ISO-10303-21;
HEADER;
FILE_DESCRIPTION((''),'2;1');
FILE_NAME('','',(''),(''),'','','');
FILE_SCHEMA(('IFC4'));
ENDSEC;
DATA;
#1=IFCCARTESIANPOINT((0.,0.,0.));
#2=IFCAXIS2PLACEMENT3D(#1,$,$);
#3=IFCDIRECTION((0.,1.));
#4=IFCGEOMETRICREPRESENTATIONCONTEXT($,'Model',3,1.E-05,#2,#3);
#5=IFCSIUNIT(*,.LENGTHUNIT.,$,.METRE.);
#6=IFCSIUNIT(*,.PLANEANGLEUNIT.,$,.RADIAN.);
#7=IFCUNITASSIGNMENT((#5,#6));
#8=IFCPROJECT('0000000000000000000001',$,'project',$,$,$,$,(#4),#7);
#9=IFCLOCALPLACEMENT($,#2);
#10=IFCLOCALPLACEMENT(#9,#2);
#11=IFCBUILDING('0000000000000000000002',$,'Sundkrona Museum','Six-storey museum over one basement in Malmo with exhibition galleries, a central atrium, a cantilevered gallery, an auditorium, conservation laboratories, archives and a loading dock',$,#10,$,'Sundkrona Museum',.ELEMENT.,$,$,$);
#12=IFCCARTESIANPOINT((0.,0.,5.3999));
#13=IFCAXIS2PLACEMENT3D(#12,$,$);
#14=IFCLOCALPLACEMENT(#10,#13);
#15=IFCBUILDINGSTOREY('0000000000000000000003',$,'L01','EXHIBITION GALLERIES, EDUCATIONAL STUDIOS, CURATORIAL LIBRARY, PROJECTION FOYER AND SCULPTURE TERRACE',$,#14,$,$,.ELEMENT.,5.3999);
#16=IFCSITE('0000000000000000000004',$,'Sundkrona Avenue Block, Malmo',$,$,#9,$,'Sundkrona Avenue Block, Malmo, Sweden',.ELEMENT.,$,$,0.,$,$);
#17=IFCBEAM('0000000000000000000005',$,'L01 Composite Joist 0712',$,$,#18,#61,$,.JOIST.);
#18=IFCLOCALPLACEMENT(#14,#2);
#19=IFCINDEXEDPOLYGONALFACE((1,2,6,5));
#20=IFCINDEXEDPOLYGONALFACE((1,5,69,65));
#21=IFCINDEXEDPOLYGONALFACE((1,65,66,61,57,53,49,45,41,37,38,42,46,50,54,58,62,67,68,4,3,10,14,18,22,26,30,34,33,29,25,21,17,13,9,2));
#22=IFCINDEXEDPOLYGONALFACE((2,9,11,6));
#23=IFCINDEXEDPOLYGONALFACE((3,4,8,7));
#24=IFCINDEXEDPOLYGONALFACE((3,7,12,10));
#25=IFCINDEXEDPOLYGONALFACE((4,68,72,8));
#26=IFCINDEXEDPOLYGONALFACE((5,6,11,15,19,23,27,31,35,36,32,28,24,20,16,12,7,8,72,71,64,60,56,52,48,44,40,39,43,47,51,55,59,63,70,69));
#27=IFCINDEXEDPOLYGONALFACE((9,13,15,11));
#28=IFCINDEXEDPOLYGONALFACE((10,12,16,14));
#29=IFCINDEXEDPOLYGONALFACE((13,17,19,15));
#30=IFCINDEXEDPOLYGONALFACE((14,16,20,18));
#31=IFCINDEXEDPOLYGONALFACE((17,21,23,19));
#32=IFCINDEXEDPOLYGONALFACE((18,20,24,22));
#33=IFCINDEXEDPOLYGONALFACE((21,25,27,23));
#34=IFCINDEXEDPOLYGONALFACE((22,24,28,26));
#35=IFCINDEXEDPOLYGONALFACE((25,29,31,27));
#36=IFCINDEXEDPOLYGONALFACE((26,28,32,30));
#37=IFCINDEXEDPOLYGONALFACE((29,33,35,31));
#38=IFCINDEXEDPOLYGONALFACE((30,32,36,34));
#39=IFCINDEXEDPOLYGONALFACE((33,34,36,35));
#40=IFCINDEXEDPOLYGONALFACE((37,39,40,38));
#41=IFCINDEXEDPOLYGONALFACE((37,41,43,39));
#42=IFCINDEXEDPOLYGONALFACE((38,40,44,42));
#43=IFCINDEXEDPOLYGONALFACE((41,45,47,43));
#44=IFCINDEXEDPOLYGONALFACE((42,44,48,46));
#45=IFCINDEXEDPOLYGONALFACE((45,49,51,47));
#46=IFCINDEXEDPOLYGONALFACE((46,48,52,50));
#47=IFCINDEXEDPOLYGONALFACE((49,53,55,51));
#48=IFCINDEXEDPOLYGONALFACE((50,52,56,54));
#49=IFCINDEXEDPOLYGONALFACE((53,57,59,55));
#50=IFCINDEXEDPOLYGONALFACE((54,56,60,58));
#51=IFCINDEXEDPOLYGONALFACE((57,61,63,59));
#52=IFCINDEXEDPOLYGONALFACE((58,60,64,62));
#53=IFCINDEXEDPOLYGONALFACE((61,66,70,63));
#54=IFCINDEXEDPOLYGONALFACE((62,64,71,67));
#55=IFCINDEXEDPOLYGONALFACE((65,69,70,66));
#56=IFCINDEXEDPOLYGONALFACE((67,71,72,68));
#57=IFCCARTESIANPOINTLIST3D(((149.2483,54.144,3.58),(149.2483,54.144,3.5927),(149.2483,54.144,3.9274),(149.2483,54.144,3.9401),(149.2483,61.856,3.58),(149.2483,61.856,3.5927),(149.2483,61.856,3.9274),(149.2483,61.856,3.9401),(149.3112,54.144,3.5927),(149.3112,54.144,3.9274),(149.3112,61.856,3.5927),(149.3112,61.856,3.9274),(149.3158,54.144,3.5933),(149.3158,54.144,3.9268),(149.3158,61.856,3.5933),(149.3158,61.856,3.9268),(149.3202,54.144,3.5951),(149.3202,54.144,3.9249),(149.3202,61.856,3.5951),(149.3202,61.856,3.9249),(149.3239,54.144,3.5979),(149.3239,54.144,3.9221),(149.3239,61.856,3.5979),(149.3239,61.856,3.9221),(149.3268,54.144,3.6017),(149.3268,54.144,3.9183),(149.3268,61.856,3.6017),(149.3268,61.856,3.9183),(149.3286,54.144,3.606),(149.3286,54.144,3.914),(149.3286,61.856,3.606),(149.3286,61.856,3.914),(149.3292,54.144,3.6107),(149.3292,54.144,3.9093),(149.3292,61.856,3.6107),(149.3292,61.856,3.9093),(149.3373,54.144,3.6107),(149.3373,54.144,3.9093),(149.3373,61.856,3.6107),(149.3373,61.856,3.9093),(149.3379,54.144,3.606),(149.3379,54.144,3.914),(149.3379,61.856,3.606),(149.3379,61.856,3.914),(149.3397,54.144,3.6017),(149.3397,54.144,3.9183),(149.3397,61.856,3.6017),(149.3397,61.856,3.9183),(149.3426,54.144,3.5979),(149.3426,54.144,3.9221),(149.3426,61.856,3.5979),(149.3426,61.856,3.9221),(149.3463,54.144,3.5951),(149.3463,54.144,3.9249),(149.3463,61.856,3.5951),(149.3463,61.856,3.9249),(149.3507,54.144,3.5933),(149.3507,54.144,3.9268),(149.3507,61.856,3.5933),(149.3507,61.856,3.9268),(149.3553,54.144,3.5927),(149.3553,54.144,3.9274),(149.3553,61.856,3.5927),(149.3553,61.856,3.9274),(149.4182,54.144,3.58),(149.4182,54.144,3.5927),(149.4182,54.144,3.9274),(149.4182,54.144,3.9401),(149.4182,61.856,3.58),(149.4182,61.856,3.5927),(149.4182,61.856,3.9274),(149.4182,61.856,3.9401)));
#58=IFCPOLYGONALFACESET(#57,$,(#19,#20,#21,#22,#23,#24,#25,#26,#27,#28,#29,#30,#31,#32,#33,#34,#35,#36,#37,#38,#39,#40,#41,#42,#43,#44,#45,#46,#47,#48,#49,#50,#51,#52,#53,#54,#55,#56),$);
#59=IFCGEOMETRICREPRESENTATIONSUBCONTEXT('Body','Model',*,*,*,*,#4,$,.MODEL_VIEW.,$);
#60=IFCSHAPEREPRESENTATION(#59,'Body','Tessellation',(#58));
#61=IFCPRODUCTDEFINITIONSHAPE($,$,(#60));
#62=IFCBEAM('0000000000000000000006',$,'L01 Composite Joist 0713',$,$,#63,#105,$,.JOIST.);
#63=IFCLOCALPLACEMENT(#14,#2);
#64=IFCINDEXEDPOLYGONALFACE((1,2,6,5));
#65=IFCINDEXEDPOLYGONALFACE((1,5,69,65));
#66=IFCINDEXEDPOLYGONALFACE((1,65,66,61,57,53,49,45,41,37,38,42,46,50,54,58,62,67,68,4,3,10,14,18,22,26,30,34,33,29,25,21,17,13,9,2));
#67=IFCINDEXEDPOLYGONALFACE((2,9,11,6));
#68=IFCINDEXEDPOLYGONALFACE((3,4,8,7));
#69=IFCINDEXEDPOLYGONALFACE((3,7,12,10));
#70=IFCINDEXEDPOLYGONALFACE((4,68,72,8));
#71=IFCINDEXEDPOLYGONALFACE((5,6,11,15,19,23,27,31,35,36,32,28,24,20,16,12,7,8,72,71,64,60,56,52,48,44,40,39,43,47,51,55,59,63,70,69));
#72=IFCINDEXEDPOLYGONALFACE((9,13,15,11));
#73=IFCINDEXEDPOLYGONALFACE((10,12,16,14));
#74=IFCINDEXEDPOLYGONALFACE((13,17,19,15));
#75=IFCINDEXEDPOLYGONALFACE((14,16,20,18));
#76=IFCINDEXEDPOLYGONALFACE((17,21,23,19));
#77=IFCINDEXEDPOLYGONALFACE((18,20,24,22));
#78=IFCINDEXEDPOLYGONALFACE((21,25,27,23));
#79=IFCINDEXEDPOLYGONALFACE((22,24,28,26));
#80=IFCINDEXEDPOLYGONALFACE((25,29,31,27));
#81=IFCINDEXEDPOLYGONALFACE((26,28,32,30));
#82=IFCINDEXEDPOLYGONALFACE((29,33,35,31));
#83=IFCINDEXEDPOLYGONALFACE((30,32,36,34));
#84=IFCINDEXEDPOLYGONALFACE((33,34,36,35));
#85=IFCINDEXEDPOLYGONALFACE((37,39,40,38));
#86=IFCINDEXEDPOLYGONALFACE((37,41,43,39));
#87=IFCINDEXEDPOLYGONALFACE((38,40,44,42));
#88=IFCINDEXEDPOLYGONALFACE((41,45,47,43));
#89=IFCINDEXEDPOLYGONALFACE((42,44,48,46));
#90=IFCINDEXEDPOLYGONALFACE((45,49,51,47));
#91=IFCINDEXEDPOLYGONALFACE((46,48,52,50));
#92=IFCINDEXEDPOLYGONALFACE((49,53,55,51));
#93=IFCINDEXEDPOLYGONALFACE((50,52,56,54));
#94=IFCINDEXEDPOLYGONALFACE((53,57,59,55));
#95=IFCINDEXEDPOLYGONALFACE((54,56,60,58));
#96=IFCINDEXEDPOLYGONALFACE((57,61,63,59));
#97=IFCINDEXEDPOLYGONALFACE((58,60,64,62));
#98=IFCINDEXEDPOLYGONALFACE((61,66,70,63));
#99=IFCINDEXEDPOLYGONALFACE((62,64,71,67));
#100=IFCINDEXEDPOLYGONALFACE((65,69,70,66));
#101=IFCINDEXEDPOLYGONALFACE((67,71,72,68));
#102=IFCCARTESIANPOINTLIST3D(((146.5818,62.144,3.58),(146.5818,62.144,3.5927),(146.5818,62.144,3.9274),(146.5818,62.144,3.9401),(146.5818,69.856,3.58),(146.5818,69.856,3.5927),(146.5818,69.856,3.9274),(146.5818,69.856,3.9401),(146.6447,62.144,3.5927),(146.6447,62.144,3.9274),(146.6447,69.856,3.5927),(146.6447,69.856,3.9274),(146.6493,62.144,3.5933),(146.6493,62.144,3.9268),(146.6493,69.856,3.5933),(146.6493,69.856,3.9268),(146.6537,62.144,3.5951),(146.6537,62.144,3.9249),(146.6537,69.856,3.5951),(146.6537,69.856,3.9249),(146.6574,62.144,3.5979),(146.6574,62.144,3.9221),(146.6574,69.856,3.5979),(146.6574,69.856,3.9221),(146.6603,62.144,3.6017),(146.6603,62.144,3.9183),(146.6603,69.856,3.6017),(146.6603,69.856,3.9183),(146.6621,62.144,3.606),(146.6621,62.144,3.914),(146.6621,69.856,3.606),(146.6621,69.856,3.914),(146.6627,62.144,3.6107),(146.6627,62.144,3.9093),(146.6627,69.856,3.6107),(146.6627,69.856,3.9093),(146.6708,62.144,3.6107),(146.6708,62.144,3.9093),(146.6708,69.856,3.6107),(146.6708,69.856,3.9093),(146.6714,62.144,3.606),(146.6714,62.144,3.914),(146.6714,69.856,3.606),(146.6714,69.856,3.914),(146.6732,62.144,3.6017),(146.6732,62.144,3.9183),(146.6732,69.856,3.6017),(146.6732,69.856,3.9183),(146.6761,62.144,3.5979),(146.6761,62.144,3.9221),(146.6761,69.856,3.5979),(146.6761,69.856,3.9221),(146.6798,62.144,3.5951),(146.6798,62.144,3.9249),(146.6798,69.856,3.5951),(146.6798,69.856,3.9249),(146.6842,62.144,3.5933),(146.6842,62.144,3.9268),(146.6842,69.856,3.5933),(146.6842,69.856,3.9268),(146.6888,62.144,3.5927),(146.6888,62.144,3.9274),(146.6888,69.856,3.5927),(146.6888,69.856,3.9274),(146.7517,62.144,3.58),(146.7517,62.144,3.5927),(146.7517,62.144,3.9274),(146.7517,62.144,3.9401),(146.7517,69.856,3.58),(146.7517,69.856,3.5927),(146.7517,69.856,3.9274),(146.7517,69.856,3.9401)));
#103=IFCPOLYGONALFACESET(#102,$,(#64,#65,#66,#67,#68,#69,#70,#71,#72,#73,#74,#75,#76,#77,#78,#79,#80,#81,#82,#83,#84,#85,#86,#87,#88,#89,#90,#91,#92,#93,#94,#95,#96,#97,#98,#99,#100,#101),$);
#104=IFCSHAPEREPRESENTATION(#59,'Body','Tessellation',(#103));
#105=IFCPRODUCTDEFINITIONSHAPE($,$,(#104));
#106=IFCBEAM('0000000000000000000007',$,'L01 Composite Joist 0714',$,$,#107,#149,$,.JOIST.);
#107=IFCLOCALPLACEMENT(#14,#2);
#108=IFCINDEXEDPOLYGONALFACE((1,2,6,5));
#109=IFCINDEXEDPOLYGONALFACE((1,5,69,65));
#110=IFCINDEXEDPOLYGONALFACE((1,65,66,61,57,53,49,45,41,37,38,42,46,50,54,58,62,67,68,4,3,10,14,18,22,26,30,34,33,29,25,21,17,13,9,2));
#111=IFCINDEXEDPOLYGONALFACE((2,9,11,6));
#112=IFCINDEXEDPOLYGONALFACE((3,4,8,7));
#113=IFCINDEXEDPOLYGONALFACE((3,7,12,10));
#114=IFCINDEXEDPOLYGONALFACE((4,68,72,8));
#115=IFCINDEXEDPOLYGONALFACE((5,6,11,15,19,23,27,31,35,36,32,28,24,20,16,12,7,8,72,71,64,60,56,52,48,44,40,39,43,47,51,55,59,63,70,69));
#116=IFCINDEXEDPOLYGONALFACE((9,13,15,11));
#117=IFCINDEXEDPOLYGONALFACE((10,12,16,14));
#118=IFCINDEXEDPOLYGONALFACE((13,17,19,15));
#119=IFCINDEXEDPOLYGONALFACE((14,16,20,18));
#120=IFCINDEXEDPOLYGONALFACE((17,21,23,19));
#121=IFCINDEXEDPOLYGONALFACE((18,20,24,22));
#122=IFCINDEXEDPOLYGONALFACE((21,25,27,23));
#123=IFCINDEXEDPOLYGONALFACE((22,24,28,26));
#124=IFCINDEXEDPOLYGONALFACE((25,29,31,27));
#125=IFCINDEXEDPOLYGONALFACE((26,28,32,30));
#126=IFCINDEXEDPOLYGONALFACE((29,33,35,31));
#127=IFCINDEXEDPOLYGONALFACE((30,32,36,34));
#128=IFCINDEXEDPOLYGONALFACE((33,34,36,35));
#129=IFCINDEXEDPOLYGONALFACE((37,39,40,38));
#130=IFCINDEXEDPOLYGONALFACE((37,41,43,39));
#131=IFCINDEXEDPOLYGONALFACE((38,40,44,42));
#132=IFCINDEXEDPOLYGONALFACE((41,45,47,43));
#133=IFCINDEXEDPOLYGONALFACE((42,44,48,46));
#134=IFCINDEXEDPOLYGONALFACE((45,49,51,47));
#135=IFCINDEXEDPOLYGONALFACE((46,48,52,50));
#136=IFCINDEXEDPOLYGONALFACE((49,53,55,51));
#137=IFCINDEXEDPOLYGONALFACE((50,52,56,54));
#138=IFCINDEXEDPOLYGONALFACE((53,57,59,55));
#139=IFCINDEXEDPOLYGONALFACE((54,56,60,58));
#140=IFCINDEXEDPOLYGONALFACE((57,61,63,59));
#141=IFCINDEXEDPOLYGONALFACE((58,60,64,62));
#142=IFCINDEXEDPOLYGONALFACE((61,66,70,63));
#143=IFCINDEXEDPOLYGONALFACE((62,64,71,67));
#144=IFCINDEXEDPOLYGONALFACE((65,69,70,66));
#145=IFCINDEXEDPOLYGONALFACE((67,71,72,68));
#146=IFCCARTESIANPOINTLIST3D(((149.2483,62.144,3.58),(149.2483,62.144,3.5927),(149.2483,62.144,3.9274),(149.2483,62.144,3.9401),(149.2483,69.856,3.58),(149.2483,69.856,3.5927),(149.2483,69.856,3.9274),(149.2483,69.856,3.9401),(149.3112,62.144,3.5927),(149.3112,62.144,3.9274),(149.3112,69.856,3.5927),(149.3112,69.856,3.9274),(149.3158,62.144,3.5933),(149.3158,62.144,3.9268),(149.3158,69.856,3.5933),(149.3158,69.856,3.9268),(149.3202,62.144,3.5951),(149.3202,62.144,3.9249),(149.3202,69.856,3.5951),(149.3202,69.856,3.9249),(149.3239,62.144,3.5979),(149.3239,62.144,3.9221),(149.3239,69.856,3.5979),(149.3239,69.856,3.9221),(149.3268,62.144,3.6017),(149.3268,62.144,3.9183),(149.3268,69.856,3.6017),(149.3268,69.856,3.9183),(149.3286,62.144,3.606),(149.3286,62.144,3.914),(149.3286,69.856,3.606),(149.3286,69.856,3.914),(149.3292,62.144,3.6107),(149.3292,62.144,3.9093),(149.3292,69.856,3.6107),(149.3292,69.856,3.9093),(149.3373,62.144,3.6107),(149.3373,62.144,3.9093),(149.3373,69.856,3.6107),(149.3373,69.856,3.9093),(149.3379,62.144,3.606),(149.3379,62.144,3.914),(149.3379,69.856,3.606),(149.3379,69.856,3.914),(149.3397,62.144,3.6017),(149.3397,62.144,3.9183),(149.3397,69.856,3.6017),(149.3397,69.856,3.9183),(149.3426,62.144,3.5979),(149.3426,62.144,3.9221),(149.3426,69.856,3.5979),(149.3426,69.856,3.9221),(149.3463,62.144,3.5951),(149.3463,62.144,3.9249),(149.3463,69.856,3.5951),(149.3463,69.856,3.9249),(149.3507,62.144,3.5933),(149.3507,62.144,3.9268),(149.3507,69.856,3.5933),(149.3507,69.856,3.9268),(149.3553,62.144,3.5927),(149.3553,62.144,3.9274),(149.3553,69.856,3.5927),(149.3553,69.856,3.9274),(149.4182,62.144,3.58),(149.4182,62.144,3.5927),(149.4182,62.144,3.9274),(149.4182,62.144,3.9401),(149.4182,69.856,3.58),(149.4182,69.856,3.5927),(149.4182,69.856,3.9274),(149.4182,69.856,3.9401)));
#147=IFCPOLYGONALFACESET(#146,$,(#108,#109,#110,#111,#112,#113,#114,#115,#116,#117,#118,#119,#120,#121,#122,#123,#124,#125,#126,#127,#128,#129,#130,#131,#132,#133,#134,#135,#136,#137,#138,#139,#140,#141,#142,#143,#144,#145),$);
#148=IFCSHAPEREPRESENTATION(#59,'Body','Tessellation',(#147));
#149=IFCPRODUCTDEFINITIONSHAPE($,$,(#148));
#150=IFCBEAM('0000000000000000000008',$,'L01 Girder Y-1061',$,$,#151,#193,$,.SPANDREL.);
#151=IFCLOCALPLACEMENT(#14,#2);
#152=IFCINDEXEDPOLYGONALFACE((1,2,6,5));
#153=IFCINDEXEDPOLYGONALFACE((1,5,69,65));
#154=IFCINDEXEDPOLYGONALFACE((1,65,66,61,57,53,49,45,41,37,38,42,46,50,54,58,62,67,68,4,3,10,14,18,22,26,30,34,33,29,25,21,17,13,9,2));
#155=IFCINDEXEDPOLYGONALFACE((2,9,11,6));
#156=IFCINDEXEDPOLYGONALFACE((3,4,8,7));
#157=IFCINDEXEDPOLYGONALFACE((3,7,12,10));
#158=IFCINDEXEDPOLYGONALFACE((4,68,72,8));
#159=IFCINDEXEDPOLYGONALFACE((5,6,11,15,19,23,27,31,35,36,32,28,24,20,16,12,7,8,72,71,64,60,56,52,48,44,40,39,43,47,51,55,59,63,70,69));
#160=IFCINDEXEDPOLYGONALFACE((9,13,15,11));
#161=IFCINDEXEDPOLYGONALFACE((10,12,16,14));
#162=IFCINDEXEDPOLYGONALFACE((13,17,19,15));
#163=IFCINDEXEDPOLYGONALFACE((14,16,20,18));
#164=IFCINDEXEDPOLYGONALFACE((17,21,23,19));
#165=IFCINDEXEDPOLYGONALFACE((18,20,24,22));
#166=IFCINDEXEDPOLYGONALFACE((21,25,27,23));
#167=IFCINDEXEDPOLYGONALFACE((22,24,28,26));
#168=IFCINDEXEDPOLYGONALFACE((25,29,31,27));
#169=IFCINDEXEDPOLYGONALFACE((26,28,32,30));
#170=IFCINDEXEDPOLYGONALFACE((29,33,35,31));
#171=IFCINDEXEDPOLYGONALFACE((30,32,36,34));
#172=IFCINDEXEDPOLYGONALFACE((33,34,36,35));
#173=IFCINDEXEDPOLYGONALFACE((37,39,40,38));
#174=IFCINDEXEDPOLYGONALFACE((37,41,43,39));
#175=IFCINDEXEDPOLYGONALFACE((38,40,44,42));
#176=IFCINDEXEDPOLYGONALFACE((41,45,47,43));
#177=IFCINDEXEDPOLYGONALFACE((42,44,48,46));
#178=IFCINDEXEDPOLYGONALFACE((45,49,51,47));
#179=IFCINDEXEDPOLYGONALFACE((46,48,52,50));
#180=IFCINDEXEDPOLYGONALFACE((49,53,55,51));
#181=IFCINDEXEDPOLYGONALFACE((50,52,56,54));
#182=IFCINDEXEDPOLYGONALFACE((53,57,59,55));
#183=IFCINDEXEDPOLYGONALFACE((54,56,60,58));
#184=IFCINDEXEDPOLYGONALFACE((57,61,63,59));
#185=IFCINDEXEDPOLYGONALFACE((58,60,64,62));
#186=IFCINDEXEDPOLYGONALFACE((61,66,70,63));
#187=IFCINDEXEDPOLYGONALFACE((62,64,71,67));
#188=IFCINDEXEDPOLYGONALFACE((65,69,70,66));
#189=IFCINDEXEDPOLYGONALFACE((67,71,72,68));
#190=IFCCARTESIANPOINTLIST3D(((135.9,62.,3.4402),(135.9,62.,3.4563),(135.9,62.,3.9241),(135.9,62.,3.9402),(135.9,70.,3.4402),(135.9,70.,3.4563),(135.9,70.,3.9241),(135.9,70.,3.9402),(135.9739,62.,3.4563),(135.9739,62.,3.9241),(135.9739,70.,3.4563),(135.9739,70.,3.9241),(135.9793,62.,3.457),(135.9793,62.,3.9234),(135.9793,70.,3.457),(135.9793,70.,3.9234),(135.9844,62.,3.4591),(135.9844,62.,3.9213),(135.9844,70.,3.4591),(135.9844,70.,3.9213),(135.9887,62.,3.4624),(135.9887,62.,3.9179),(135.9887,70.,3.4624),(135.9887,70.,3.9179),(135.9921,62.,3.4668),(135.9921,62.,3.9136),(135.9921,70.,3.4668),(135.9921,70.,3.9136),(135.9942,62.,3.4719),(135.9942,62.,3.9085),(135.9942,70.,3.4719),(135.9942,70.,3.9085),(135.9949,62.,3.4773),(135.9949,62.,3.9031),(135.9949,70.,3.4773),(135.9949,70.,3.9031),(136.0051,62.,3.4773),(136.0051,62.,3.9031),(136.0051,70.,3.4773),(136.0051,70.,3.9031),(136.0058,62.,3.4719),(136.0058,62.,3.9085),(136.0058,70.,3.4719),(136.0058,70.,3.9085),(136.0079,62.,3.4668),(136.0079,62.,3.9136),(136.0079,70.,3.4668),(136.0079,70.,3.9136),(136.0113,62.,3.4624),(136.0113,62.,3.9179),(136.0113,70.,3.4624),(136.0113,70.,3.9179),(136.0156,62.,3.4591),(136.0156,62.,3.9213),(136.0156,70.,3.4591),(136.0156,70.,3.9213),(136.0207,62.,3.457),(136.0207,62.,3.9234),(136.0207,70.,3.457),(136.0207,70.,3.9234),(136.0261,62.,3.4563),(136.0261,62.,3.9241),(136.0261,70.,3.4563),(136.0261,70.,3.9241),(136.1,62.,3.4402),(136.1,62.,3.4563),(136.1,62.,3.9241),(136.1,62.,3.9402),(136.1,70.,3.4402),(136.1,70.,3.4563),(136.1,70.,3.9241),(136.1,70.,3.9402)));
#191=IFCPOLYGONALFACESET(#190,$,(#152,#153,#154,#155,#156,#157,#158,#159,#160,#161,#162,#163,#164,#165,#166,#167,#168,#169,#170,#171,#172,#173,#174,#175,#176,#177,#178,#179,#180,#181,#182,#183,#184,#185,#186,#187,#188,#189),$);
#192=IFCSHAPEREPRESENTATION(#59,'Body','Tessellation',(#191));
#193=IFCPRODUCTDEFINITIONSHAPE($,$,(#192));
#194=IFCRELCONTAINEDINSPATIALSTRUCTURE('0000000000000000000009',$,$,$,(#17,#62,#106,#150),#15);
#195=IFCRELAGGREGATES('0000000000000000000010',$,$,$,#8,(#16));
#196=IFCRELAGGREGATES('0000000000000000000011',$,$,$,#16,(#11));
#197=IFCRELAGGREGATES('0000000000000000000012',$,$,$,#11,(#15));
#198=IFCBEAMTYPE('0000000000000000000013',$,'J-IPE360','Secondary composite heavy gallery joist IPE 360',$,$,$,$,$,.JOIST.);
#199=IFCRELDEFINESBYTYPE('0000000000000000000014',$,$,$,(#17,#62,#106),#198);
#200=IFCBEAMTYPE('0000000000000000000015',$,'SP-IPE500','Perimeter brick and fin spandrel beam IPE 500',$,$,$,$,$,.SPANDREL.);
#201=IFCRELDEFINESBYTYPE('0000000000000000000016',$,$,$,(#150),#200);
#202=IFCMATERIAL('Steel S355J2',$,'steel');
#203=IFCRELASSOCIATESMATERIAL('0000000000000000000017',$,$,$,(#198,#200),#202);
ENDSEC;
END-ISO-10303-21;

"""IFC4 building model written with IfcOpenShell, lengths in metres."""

from ifc_helpers import new_model, si_unit, direction, frame, origin, origin_2d, place, context, subcontext, project, spatial, i_section, extrude, material, material_profile, profile_set, type_object, element, save


model = new_model("IFC4")

# Units and contexts
model_context = context("Model", 3, precision=1e-05, world=origin(), true_north=direction((0.0, 1.0)))
body_context = subcontext(model_context, "Body", "Model", "MODEL_VIEW")
ifc_project = project(units=[si_unit("LENGTHUNIT", "METRE"), si_unit("PLANEANGLEUNIT", "RADIAN")], contexts=[model_context])

# Site, building, storey
site_placement = place(None, origin())
site = spatial("IfcSite", under=ifc_project, at=site_placement, Name="Sundkrona Avenue Block, Malmo", LongName="Sundkrona Avenue Block, Malmo, Sweden", CompositionType="ELEMENT", RefElevation=0.0)
building_placement = place(site_placement, origin())
building = spatial("IfcBuilding", under=site, at=building_placement, Name="Sundkrona Museum", Description="Six-storey museum over one basement in Malmo with exhibition galleries, a central atrium, a cantilevered gallery, an auditorium, conservation laboratories, archives and a loading dock", LongName="Sundkrona Museum", CompositionType="ELEMENT")
storey_placement = place(building_placement, frame((0.0, 0.0, 5.3999)))
storey = spatial("IfcBuildingStorey", under=building, at=storey_placement, Name="L01", Description="EXHIBITION GALLERIES, EDUCATIONAL STUDIOS, CURATORIAL LIBRARY, PROJECTION FOYER AND SCULPTURE TERRACE", CompositionType="ELEMENT", Elevation=5.3999)

# Shared definitions
ifc_material_1 = material(Name="Steel S355J2", Category="steel")

# Beams
ifc_material_profile_1 = material_profile(ifc_material_1, i_section(OverallWidth=0.1699, OverallDepth=0.3601, WebThickness=0.0081, FlangeThickness=0.0127, FilletRadius=0.0181, at=origin_2d()), Name="IPE 360")
ifc_profile_set_1 = profile_set([ifc_material_profile_1], Name="Steel S355J2")
beam_type_1 = type_object("IfcBeamType", Name="J-IPE360", Description="Secondary composite heavy gallery joist IPE 360", PredefinedType="JOIST", material=ifc_profile_set_1)
for number, where, z_axis, x_axis, name in (
    (1, (149.3333, 54.144, 3.76), (0.0, 1.0, 0.0), (-1.0, 0.0, 0.0), "L01 Composite Joist 0712"),
    (2, (146.6667, 62.144, 3.76), (0.0, 1.0, 0.0), (-1.0, 0.0, 0.0), "L01 Composite Joist 0713"),
    (3, (149.3333, 62.144, 3.76), (0.0, 1.0, 0.0), (-1.0, 0.0, 0.0), "L01 Composite Joist 0714"),
):
    element("IfcBeam", number, at=place(storey_placement, frame(where, z_axis=z_axis, x_axis=x_axis)), inside=storey, type_object=beam_type_1, Name=name, PredefinedType="JOIST", context=body_context, shape_type="SweptSolid", body=[
        extrude(i_section(OverallWidth=0.1699, OverallDepth=0.3601, WebThickness=0.0081, FlangeThickness=0.0127, FilletRadius=0.0181, at=origin_2d()), origin(), (0.0, 0.0, 1.0), 7.7119),
    ])
ifc_material_profile_2 = material_profile(ifc_material_1, i_section(OverallWidth=0.2, OverallDepth=0.5, WebThickness=0.0103, FlangeThickness=0.0161, FilletRadius=0.021, at=origin_2d()), Name="IPE 500")
ifc_profile_set_2 = profile_set([ifc_material_profile_2], Name="Steel S355J2")
beam_type_2 = type_object("IfcBeamType", Name="SP-IPE500", Description="Perimeter brick and fin spandrel beam IPE 500", PredefinedType="SPANDREL", material=ifc_profile_set_2)
beam_1_placement = place(storey_placement, frame((136.0, 62.0, 3.6902), z_axis=(0.0, 1.0, 0.0), x_axis=(-1.0, 0.0, 0.0)))
element("IfcBeam", 4, at=beam_1_placement, inside=storey, type_object=beam_type_2, Name="L01 Girder Y-1061", PredefinedType="SPANDREL", context=body_context, shape_type="SweptSolid", body=[
    extrude(i_section(OverallWidth=0.2, OverallDepth=0.5, WebThickness=0.0103, FlangeThickness=0.0161, FilletRadius=0.021, at=origin_2d()), origin(), (0.0, 0.0, 1.0), 8.0),
])

save(model, "model.ifc")
